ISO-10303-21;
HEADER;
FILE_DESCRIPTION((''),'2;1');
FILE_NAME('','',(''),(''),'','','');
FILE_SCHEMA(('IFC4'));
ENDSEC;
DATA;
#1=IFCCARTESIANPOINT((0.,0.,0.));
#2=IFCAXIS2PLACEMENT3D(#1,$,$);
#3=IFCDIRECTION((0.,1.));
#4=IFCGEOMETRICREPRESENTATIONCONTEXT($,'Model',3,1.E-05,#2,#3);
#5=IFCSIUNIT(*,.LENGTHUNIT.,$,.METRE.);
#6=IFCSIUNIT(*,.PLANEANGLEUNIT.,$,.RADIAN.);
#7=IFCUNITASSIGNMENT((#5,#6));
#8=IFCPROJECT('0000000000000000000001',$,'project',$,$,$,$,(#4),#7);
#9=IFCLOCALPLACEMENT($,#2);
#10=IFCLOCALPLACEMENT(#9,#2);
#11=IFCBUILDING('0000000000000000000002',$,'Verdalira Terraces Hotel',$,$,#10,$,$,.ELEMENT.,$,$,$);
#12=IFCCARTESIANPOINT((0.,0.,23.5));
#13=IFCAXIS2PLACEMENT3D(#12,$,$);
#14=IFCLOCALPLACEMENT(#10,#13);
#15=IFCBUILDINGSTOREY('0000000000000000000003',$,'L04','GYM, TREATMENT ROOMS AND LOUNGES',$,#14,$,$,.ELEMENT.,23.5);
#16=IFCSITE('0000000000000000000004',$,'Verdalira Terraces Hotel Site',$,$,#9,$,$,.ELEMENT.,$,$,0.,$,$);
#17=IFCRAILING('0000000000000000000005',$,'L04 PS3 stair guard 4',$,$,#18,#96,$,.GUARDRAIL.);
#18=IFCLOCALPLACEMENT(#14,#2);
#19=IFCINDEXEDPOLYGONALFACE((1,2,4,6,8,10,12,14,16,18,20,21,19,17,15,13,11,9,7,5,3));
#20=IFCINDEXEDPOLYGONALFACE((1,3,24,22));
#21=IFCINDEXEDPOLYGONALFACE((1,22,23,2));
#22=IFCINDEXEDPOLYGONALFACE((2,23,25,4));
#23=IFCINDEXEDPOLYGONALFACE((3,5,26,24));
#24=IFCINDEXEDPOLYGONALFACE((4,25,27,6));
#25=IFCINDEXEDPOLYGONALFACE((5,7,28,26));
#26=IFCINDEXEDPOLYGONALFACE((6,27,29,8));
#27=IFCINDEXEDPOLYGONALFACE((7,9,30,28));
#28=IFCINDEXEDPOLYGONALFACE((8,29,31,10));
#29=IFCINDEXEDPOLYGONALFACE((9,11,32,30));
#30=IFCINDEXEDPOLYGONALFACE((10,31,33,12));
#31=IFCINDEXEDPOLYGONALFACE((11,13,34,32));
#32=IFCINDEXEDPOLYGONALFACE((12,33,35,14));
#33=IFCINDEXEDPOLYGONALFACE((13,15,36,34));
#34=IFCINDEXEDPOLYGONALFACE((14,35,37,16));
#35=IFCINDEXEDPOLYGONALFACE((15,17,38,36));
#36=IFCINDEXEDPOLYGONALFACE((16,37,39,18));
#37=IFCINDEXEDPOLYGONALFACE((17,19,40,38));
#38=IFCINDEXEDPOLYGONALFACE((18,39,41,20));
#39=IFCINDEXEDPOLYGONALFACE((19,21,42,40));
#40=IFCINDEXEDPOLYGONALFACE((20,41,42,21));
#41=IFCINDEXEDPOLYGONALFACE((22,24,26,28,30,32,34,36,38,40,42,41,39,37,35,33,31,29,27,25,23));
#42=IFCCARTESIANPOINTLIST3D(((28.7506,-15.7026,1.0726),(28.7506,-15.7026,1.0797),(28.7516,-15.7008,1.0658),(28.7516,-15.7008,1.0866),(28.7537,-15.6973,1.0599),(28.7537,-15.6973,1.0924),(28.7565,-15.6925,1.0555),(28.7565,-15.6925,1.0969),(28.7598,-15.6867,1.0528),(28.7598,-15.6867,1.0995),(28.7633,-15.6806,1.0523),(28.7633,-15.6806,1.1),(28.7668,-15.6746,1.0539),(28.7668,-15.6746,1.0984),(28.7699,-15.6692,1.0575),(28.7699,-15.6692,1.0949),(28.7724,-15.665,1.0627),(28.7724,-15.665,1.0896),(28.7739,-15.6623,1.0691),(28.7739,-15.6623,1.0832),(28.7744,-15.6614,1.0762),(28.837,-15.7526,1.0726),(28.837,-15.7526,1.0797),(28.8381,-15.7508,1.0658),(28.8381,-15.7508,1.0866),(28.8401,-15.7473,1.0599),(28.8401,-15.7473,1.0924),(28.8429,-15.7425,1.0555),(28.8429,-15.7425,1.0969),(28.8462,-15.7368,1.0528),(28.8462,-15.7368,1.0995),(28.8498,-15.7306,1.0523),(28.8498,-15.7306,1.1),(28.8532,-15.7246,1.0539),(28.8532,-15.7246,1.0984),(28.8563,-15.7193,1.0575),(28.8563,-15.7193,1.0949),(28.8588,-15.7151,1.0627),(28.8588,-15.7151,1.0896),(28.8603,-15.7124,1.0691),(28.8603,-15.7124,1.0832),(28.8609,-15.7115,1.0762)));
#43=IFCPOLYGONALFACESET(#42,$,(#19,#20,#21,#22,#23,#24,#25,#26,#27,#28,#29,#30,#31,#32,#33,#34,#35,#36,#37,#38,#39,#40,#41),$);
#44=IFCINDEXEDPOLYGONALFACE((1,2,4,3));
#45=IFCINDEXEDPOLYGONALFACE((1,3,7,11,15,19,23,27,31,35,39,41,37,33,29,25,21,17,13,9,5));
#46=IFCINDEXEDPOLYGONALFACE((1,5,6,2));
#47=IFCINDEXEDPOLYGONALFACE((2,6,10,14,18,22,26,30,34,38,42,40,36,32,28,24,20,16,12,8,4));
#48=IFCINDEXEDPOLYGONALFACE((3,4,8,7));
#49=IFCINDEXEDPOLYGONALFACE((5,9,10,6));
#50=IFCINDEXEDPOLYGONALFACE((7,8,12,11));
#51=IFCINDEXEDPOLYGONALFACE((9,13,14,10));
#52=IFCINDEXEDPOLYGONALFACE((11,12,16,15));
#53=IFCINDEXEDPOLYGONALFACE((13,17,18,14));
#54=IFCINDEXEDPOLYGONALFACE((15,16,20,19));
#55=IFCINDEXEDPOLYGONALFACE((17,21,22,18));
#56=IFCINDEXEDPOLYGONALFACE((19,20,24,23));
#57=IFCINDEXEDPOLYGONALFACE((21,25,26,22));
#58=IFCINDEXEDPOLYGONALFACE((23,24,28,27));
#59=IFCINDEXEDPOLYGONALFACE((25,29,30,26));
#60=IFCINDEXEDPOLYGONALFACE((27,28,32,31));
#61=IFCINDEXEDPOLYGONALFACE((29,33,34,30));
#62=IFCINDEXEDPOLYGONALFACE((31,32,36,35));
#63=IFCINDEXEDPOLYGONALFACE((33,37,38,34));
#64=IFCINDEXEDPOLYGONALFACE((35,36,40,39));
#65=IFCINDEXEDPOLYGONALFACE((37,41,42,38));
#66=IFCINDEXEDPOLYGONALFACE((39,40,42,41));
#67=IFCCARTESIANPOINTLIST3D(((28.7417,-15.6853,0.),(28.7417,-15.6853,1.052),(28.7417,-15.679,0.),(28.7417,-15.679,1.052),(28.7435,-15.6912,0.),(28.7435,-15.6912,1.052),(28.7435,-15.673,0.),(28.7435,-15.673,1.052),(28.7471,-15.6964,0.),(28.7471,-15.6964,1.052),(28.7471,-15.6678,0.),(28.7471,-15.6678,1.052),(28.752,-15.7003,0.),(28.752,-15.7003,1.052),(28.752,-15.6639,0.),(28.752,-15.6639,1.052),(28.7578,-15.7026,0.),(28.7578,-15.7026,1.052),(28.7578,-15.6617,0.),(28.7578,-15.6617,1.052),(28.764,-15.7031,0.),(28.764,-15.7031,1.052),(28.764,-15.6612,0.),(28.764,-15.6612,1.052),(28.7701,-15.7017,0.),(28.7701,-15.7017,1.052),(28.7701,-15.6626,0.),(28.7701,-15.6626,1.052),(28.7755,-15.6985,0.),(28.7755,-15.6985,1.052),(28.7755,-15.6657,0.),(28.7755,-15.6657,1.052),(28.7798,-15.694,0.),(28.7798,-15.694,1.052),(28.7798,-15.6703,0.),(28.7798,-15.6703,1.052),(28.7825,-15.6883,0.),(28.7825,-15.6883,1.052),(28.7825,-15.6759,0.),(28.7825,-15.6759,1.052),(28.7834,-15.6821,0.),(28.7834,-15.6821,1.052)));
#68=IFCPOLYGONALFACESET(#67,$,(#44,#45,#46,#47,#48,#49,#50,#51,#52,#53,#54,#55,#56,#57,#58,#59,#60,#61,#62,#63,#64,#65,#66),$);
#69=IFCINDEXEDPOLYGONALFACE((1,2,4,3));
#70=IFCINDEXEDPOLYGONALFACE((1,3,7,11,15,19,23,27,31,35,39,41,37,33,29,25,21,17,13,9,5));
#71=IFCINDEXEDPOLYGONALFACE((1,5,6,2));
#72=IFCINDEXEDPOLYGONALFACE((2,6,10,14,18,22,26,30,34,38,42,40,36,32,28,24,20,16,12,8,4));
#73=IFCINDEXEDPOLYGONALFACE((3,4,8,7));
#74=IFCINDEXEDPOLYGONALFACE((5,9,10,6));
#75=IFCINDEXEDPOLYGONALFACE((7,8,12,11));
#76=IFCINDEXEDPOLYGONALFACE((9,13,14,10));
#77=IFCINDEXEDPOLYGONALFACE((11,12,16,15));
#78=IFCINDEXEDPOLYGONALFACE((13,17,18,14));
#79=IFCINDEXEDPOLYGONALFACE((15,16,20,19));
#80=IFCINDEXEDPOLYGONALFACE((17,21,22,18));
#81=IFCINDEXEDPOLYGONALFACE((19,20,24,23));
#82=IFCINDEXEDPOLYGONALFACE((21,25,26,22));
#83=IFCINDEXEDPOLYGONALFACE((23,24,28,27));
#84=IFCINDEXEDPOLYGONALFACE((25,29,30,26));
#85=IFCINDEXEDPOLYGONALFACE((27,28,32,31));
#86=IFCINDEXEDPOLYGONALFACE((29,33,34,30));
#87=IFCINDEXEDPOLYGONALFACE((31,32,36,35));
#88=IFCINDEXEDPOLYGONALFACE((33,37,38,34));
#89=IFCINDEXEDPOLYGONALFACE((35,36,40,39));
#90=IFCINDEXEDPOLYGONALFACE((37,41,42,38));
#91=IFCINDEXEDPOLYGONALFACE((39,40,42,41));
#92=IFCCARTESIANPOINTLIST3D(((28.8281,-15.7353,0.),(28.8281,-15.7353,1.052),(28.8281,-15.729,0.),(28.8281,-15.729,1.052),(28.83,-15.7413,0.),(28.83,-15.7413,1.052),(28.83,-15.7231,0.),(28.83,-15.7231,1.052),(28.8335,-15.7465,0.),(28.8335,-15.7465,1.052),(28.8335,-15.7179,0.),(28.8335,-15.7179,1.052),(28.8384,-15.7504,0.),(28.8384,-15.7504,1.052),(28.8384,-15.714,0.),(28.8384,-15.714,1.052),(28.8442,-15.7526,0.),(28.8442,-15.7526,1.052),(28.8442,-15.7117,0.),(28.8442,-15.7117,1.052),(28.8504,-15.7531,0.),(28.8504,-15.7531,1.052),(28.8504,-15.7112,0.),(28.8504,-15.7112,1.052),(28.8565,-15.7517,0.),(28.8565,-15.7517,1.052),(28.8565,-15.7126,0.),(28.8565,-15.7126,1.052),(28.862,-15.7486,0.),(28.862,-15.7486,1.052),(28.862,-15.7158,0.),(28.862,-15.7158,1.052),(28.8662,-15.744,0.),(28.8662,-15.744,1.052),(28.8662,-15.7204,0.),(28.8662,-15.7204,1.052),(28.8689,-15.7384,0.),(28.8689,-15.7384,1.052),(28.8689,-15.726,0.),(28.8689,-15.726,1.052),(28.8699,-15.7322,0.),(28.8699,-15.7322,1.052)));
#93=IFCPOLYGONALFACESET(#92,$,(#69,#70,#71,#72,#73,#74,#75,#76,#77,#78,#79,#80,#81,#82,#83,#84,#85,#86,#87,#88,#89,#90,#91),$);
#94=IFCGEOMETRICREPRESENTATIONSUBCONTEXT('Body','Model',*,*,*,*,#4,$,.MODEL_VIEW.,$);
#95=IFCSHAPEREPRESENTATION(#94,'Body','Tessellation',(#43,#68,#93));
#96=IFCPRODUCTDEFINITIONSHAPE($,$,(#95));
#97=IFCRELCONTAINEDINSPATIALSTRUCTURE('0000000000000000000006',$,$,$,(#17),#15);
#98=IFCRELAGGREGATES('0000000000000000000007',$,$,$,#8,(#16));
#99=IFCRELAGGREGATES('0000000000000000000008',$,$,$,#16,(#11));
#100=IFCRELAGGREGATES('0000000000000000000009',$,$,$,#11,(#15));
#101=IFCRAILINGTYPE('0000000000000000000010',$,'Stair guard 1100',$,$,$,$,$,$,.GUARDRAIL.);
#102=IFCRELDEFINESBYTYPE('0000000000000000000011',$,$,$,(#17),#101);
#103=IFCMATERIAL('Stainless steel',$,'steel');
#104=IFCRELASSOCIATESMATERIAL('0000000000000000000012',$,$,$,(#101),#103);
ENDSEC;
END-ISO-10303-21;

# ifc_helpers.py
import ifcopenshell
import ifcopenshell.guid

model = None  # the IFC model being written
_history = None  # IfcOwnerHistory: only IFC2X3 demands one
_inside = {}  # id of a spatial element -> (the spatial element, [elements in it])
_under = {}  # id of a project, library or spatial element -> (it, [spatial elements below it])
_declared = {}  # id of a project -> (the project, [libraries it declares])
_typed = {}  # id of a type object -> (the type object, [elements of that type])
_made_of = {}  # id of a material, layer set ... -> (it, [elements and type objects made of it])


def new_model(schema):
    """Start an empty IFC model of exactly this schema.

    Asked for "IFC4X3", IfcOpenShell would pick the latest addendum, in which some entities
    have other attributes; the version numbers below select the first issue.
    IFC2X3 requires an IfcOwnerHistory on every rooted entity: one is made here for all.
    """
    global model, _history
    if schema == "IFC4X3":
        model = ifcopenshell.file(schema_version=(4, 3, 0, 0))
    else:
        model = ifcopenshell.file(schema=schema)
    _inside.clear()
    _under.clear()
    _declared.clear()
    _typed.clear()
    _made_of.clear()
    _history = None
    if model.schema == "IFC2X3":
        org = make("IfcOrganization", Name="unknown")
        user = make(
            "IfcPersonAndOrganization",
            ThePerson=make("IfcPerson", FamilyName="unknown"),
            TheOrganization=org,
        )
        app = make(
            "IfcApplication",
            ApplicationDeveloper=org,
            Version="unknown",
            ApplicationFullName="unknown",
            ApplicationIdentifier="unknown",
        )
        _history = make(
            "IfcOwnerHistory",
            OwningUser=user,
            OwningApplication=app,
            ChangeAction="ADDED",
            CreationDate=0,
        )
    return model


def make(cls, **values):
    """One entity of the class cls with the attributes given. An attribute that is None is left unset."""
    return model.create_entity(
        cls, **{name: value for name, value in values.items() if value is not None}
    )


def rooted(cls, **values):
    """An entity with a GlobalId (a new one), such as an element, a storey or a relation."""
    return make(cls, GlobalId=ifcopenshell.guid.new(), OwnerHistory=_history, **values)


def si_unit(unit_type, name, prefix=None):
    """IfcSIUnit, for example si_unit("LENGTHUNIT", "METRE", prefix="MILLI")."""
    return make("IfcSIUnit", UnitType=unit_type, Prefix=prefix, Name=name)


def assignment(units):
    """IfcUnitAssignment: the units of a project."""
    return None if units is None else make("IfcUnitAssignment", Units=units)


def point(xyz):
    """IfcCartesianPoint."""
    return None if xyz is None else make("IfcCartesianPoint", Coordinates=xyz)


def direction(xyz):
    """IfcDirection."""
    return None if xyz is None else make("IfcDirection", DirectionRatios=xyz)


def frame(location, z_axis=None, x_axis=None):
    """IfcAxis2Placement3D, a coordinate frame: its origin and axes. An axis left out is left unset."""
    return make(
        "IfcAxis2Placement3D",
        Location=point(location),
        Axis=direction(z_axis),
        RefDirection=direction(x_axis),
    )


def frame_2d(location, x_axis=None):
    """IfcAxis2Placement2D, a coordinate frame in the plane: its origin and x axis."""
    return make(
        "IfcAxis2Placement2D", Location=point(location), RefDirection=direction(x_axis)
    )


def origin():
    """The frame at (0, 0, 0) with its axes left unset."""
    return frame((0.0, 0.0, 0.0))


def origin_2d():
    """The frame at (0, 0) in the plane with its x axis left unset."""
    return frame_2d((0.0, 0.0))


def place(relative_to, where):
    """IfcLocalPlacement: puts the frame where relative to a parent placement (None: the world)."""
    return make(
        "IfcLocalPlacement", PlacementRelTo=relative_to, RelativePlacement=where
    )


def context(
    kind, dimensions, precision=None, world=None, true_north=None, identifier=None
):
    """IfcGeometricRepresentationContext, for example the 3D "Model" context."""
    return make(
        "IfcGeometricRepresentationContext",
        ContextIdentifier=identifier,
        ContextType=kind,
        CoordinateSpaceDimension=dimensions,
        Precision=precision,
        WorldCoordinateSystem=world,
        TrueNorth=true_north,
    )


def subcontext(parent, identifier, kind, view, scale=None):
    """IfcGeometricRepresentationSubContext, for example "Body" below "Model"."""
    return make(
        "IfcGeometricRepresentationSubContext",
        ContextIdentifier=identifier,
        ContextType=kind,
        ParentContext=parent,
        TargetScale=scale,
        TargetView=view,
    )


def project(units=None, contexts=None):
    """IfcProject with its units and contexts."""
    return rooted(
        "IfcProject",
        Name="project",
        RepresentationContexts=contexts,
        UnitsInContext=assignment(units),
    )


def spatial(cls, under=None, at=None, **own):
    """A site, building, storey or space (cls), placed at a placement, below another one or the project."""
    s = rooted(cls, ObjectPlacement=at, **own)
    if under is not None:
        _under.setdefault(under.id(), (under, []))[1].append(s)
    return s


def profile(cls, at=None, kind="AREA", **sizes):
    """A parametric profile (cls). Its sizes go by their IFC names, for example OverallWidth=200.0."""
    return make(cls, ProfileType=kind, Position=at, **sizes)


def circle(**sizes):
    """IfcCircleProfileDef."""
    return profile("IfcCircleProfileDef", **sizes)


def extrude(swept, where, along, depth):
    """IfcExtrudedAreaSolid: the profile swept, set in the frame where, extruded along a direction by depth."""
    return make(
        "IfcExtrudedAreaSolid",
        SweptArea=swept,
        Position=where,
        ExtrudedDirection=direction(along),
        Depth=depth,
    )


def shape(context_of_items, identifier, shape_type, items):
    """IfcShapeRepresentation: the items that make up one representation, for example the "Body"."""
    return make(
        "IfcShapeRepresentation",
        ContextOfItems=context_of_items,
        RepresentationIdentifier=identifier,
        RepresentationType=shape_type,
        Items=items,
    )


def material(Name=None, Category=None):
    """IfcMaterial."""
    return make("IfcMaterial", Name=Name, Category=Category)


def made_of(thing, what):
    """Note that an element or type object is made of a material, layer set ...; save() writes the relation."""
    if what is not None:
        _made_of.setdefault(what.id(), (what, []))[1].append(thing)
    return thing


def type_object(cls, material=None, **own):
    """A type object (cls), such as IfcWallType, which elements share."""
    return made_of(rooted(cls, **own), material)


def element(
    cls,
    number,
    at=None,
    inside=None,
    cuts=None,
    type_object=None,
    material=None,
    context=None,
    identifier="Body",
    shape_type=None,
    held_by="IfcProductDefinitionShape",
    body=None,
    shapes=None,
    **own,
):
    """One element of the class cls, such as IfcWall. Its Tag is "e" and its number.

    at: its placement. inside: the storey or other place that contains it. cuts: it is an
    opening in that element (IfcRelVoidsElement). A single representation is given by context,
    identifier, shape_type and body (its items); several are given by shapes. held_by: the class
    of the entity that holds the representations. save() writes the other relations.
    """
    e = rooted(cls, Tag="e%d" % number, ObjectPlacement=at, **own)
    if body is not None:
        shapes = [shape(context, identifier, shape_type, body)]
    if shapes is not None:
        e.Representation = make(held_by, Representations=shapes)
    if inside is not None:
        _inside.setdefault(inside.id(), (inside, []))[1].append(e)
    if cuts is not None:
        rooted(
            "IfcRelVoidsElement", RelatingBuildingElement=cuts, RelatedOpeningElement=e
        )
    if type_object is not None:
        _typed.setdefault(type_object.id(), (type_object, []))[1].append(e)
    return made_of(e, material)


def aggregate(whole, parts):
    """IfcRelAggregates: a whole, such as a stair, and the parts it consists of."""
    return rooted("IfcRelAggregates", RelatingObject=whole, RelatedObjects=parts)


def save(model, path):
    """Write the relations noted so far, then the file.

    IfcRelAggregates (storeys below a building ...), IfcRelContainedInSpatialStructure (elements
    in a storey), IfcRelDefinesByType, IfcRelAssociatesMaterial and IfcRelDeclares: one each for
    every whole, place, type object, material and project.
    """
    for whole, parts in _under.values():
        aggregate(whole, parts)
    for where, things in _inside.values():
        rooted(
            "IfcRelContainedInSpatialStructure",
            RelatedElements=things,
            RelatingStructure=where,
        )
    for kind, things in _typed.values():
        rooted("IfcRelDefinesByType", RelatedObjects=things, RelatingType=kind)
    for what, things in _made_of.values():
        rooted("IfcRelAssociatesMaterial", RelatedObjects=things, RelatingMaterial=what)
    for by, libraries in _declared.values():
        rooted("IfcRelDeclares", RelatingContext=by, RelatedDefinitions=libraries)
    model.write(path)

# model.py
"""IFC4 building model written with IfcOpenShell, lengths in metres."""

from ifc_helpers import new_model, si_unit, direction, frame, origin, origin_2d, place, context, subcontext, project, spatial, circle, extrude, material, type_object, element, save


model = new_model("IFC4")

# Units and contexts
model_context = context("Model", 3, precision=1e-05, world=origin(), true_north=direction((0.0, 1.0)))
body_context = subcontext(model_context, "Body", "Model", "MODEL_VIEW")
ifc_project = project(units=[si_unit("LENGTHUNIT", "METRE"), si_unit("PLANEANGLEUNIT", "RADIAN")], contexts=[model_context])

# Site, building, storey
site_placement = place(None, origin())
site = spatial("IfcSite", under=ifc_project, at=site_placement, Name="Verdalira Terraces Hotel Site", CompositionType="ELEMENT", RefElevation=0.0)
building_placement = place(site_placement, origin())
building = spatial("IfcBuilding", under=site, at=building_placement, Name="Verdalira Terraces Hotel", CompositionType="ELEMENT")
storey_placement = place(building_placement, frame((0.0, 0.0, 23.5)))
storey = spatial("IfcBuildingStorey", under=building, at=storey_placement, Name="L04", Description="GYM, TREATMENT ROOMS AND LOUNGES", CompositionType="ELEMENT", Elevation=23.5)

# Railing
ifc_material_1 = material(Name="Stainless steel", Category="steel")
railing_type_1 = type_object("IfcRailingType", Name="Stair guard 1100", PredefinedType="GUARDRAIL", material=ifc_material_1)
railing_1_placement = place(storey_placement, frame((28.7625, -15.6821, 0.0)))
element("IfcRailing", 1, at=railing_1_placement, inside=storey, type_object=railing_type_1, Name="L04 PS3 stair guard 4", PredefinedType="GUARDRAIL", context=body_context, shape_type="SweptSolid", body=[
    extrude(circle(Radius=0.0239, at=origin_2d()), frame((0.0, 0.0, 1.0762), z_axis=(0.86537, -0.501133, 0.0), x_axis=(0.501133, 0.86537, 0.0)), (0.0, 0.0, 1.0), 0.0999),
    extrude(circle(Radius=0.021, at=origin_2d()), origin(), (0.0, 0.0, 1.0), 1.052),
    extrude(circle(Radius=0.021, at=origin_2d()), frame((0.0864, -0.05, 0.0)), (0.0, 0.0, 1.0), 1.052),
])

save(model, "model.ifc")
